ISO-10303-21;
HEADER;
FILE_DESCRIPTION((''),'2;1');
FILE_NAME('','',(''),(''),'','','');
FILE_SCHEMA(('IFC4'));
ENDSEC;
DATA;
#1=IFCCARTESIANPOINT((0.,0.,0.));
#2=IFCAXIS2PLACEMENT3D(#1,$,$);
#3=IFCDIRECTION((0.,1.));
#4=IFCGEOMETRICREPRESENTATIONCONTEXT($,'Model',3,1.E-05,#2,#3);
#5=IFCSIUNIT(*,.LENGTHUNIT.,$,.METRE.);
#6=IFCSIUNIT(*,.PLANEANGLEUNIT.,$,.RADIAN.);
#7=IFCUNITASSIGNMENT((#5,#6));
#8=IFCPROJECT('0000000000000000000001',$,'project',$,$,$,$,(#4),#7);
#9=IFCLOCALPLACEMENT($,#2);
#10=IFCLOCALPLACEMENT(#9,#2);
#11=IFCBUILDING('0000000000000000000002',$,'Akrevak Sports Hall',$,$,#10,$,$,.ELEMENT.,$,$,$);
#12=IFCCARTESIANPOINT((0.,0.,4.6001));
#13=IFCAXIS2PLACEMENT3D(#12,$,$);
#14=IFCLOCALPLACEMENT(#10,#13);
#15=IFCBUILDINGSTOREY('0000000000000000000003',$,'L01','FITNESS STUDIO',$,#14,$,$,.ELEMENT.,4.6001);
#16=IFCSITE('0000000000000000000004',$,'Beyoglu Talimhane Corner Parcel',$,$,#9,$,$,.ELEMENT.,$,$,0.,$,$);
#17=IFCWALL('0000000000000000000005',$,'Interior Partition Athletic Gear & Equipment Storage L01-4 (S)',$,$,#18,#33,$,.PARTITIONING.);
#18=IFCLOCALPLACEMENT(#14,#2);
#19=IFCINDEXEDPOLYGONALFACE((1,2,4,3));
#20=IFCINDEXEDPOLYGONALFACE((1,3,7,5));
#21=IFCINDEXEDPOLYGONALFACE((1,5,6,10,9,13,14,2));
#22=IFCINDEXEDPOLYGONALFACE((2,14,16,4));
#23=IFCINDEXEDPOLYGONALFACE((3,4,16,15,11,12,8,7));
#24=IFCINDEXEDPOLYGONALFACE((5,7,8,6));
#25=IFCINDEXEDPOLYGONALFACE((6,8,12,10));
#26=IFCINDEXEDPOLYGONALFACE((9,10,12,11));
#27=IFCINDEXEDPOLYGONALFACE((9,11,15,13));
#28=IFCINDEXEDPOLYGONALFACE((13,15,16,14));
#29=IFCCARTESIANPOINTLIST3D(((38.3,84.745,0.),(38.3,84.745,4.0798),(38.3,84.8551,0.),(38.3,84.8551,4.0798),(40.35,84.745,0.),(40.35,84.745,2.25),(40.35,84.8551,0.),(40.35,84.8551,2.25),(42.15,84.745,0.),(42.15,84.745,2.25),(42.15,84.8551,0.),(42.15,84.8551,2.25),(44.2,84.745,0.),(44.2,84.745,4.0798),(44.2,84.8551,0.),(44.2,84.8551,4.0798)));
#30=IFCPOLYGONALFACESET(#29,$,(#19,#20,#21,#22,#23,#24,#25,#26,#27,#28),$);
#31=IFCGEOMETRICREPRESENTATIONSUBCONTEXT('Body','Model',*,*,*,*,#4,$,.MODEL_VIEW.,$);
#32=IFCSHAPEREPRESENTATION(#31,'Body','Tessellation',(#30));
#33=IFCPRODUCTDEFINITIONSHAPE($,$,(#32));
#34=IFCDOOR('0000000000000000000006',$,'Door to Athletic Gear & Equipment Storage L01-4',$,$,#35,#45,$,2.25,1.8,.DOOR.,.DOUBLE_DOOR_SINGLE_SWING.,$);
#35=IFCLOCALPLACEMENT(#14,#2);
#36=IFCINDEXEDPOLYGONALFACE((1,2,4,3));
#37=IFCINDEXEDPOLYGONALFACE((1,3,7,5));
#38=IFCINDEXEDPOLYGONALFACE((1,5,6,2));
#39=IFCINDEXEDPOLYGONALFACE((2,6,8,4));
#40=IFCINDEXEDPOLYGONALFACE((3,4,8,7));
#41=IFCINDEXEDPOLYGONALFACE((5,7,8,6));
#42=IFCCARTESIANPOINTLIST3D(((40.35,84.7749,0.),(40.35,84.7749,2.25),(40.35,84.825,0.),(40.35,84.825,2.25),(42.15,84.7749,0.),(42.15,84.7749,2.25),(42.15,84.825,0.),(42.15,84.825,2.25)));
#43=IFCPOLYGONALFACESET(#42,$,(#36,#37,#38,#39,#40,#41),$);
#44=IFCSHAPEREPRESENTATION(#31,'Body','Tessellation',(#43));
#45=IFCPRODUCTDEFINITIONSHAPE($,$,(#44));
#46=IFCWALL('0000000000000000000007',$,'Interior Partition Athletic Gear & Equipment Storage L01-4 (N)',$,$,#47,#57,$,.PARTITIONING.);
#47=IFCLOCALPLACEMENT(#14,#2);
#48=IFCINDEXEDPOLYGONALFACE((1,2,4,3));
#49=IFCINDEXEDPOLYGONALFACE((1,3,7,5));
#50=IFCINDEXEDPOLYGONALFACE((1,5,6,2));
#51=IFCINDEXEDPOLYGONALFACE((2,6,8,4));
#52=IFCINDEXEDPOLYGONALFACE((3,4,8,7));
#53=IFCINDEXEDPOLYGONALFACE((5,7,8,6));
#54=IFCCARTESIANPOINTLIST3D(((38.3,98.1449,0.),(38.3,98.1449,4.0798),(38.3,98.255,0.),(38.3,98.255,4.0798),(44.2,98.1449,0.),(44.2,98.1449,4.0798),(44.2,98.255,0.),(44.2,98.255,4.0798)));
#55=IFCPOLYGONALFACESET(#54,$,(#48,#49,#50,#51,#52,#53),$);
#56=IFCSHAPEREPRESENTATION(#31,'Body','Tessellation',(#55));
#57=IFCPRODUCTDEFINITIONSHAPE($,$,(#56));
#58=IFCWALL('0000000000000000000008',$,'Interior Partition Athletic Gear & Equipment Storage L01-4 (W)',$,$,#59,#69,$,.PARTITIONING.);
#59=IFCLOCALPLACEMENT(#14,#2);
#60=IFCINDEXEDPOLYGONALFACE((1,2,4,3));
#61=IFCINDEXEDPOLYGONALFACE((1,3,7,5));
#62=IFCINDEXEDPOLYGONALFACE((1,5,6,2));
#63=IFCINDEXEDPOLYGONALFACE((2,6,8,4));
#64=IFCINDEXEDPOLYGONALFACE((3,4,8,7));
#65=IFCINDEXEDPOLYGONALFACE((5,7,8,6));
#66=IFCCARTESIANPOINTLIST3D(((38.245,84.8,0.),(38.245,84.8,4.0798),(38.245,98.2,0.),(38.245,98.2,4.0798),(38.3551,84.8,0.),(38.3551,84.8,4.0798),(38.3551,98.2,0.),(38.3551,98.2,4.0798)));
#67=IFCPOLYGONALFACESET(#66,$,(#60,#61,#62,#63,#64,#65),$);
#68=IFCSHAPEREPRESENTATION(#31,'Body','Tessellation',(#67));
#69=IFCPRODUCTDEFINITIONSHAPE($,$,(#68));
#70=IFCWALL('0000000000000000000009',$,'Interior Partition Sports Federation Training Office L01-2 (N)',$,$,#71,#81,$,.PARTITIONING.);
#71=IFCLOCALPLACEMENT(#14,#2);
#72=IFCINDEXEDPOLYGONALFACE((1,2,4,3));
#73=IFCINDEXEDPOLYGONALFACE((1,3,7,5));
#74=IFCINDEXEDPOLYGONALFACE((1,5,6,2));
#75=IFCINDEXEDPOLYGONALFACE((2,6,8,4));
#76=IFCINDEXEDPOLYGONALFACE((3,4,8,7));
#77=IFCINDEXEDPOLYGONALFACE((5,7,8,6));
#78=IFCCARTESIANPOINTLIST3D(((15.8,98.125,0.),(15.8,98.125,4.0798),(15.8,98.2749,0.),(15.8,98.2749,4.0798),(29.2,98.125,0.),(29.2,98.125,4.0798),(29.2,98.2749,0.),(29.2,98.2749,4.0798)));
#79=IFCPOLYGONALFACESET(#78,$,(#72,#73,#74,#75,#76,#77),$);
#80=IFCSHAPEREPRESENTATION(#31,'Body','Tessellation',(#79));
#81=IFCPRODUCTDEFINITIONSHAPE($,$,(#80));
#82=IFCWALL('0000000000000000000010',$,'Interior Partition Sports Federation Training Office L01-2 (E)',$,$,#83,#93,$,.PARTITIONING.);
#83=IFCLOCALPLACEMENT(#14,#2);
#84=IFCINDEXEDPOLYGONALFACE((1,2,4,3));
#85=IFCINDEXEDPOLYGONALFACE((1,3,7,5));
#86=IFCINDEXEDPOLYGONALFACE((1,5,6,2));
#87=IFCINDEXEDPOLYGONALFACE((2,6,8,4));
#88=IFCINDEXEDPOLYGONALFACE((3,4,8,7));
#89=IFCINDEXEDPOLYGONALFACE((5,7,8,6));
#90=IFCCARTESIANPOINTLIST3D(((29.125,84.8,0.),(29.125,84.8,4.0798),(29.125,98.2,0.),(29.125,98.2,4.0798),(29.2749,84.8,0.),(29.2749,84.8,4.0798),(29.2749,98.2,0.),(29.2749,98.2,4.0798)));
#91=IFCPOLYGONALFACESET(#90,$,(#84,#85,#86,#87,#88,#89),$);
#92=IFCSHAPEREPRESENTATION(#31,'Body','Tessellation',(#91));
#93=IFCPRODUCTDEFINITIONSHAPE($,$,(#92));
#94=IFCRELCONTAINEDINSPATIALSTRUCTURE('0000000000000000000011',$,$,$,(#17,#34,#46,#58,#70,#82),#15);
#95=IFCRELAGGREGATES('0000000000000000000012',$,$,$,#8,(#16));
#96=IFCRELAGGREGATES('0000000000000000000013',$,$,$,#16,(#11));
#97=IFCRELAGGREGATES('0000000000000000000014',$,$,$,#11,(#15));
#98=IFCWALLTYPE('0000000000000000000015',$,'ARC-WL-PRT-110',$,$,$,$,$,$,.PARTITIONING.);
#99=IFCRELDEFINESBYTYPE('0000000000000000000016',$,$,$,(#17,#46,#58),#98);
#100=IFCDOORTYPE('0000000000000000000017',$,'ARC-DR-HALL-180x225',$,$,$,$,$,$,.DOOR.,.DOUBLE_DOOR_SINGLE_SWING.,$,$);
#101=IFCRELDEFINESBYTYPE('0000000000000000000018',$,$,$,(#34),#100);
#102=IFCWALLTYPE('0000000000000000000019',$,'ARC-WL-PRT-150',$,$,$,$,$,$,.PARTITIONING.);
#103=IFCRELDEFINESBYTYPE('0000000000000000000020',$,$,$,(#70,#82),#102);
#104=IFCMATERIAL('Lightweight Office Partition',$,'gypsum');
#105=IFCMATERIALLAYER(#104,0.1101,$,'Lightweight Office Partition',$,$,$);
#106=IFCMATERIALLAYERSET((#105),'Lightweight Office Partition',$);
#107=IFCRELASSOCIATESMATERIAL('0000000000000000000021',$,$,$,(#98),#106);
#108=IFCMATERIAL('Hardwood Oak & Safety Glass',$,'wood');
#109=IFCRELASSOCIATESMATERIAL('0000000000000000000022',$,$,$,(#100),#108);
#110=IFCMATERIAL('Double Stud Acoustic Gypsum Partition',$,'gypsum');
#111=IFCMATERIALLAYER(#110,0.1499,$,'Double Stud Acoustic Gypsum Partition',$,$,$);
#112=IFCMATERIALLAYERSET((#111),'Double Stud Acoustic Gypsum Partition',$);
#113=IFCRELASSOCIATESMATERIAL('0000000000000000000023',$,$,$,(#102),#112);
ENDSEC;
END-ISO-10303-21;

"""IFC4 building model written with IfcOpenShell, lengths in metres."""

from ifc_helpers import new_model, si_unit, direction, frame, frame_2d, origin, place, context, subcontext, project, spatial, rectangle, extrude, material, layer, layer_set, type_object, element, fill, save


model = new_model("IFC4")

# Units and contexts
model_context = context("Model", 3, precision=1e-05, world=origin(), true_north=direction((0.0, 1.0)))
body_context = subcontext(model_context, "Body", "Model", "MODEL_VIEW")
ifc_project = project(units=[si_unit("LENGTHUNIT", "METRE"), si_unit("PLANEANGLEUNIT", "RADIAN")], contexts=[model_context])

# Site, building, storey
site_placement = place(None, origin())
site = spatial("IfcSite", under=ifc_project, at=site_placement, Name="Beyoglu Talimhane Corner Parcel", CompositionType="ELEMENT", RefElevation=0.0)
building_placement = place(site_placement, origin())
building = spatial("IfcBuilding", under=site, at=building_placement, Name="Akrevak Sports Hall", CompositionType="ELEMENT")
storey_placement = place(building_placement, frame((0.0, 0.0, 4.6001)))
storey = spatial("IfcBuildingStorey", under=building, at=storey_placement, Name="L01", Description="FITNESS STUDIO", CompositionType="ELEMENT", Elevation=4.6001)

# Wall, opening, door
ifc_material_1 = material(Name="Lightweight Office Partition", Category="gypsum")
ifc_layer_1 = layer(ifc_material_1, 0.1101, Name="Lightweight Office Partition")
ifc_layer_set_1 = layer_set([ifc_layer_1], Name="Lightweight Office Partition")
wall_type_1 = type_object("IfcWallType", Name="ARC-WL-PRT-110", PredefinedType="PARTITIONING", material=ifc_layer_set_1)
wall_1_placement = place(storey_placement, frame((38.3, 84.8, 0.0), z_axis=(0.0, 0.0, 1.0), x_axis=(1.0, 0.0, 0.0)))
wall_1 = element("IfcWall", 1, at=wall_1_placement, inside=storey, type_object=wall_type_1, Name="Interior Partition Athletic Gear & Equipment Storage L01-4 (S)", PredefinedType="PARTITIONING", context=body_context, shape_type="SweptSolid", body=[
    extrude(rectangle(XDim=5.8999, YDim=0.1101, at=frame_2d((2.95, 0.0))), origin(), (0.0, 0.0, 1.0), 4.0798),
])
opening_1_placement = place(wall_1_placement, frame((2.05, 0.0, 0.0)))
opening_1 = element("IfcOpeningElement", 2, at=opening_1_placement, cuts=wall_1, PredefinedType="OPENING", context=body_context, shape_type="SweptSolid", body=[
    extrude(rectangle(XDim=1.8, YDim=2.25, at=frame_2d((0.8999, 1.125))), frame((0.0, 0.0669, 0.0), z_axis=(0.0, -1.0, 0.0), x_axis=(1.0, 0.0, 0.0)), (0.0, 0.0, 1.0), 0.134),
])
ifc_material_2 = material(Name="Hardwood Oak & Safety Glass", Category="wood")
door_type_1 = type_object("IfcDoorType", Name="ARC-DR-HALL-180x225", OperationType="DOUBLE_DOOR_SINGLE_SWING", PredefinedType="DOOR", material=ifc_material_2)
door_1_placement = place(opening_1_placement, origin())
door_1 = element("IfcDoor", 3, at=door_1_placement, inside=storey, type_object=door_type_1, Name="Door to Athletic Gear & Equipment Storage L01-4", OperationType="DOUBLE_DOOR_SINGLE_SWING", OverallHeight=2.25, OverallWidth=1.8, PredefinedType="DOOR", context=body_context, shape_type="SweptSolid", body=[
    extrude(rectangle(XDim=1.8, YDim=2.25, at=frame_2d((0.8999, 1.125))), frame((0.0, 0.0249, 0.0), z_axis=(0.0, -1.0, 0.0), x_axis=(1.0, 0.0, 0.0)), (0.0, 0.0, 1.0), 0.05),
])
fill(opening_1, door_1)

# Walls
wall_2_placement = place(storey_placement, frame((38.3, 98.2, 0.0), z_axis=(0.0, 0.0, 1.0), x_axis=(1.0, 0.0, 0.0)))
element("IfcWall", 4, at=wall_2_placement, inside=storey, type_object=wall_type_1, Name="Interior Partition Athletic Gear & Equipment Storage L01-4 (N)", PredefinedType="PARTITIONING", context=body_context, shape_type="SweptSolid", body=[
    extrude(rectangle(XDim=5.8999, YDim=0.1101, at=frame_2d((2.95, 0.0))), origin(), (0.0, 0.0, 1.0), 4.0798),
])
wall_3_placement = place(storey_placement, frame((38.3, 84.8, 0.0), z_axis=(0.0, 0.0, 1.0), x_axis=(0.0, 1.0, 0.0)))
element("IfcWall", 5, at=wall_3_placement, inside=storey, type_object=wall_type_1, Name="Interior Partition Athletic Gear & Equipment Storage L01-4 (W)", PredefinedType="PARTITIONING", context=body_context, shape_type="SweptSolid", body=[
    extrude(rectangle(XDim=13.3999, YDim=0.1101, at=frame_2d((6.7, 0.0))), origin(), (0.0, 0.0, 1.0), 4.0798),
])
ifc_material_3 = material(Name="Double Stud Acoustic Gypsum Partition", Category="gypsum")
ifc_layer_2 = layer(ifc_material_3, 0.1499, Name="Double Stud Acoustic Gypsum Partition")
ifc_layer_set_2 = layer_set([ifc_layer_2], Name="Double Stud Acoustic Gypsum Partition")
wall_type_2 = type_object("IfcWallType", Name="ARC-WL-PRT-150", PredefinedType="PARTITIONING", material=ifc_layer_set_2)
for number, where, z_axis, x_axis, name in (
    (6, (15.8, 98.2, 0.0), (0.0, 0.0, 1.0), (1.0, 0.0, 0.0), "Interior Partition Sports Federation Training Office L01-2 (N)"),
    (7, (29.2, 84.8, 0.0), (0.0, 0.0, 1.0), (0.0, 1.0, 0.0), "Interior Partition Sports Federation Training Office L01-2 (E)"),
):
    element("IfcWall", number, at=place(storey_placement, frame(where, z_axis=z_axis, x_axis=x_axis)), inside=storey, type_object=wall_type_2, Name=name, PredefinedType="PARTITIONING", context=body_context, shape_type="SweptSolid", body=[
        extrude(rectangle(XDim=13.3999, YDim=0.1499, at=frame_2d((6.7, 0.0))), origin(), (0.0, 0.0, 1.0), 4.0798),
    ])

save(model, "model.ifc")
